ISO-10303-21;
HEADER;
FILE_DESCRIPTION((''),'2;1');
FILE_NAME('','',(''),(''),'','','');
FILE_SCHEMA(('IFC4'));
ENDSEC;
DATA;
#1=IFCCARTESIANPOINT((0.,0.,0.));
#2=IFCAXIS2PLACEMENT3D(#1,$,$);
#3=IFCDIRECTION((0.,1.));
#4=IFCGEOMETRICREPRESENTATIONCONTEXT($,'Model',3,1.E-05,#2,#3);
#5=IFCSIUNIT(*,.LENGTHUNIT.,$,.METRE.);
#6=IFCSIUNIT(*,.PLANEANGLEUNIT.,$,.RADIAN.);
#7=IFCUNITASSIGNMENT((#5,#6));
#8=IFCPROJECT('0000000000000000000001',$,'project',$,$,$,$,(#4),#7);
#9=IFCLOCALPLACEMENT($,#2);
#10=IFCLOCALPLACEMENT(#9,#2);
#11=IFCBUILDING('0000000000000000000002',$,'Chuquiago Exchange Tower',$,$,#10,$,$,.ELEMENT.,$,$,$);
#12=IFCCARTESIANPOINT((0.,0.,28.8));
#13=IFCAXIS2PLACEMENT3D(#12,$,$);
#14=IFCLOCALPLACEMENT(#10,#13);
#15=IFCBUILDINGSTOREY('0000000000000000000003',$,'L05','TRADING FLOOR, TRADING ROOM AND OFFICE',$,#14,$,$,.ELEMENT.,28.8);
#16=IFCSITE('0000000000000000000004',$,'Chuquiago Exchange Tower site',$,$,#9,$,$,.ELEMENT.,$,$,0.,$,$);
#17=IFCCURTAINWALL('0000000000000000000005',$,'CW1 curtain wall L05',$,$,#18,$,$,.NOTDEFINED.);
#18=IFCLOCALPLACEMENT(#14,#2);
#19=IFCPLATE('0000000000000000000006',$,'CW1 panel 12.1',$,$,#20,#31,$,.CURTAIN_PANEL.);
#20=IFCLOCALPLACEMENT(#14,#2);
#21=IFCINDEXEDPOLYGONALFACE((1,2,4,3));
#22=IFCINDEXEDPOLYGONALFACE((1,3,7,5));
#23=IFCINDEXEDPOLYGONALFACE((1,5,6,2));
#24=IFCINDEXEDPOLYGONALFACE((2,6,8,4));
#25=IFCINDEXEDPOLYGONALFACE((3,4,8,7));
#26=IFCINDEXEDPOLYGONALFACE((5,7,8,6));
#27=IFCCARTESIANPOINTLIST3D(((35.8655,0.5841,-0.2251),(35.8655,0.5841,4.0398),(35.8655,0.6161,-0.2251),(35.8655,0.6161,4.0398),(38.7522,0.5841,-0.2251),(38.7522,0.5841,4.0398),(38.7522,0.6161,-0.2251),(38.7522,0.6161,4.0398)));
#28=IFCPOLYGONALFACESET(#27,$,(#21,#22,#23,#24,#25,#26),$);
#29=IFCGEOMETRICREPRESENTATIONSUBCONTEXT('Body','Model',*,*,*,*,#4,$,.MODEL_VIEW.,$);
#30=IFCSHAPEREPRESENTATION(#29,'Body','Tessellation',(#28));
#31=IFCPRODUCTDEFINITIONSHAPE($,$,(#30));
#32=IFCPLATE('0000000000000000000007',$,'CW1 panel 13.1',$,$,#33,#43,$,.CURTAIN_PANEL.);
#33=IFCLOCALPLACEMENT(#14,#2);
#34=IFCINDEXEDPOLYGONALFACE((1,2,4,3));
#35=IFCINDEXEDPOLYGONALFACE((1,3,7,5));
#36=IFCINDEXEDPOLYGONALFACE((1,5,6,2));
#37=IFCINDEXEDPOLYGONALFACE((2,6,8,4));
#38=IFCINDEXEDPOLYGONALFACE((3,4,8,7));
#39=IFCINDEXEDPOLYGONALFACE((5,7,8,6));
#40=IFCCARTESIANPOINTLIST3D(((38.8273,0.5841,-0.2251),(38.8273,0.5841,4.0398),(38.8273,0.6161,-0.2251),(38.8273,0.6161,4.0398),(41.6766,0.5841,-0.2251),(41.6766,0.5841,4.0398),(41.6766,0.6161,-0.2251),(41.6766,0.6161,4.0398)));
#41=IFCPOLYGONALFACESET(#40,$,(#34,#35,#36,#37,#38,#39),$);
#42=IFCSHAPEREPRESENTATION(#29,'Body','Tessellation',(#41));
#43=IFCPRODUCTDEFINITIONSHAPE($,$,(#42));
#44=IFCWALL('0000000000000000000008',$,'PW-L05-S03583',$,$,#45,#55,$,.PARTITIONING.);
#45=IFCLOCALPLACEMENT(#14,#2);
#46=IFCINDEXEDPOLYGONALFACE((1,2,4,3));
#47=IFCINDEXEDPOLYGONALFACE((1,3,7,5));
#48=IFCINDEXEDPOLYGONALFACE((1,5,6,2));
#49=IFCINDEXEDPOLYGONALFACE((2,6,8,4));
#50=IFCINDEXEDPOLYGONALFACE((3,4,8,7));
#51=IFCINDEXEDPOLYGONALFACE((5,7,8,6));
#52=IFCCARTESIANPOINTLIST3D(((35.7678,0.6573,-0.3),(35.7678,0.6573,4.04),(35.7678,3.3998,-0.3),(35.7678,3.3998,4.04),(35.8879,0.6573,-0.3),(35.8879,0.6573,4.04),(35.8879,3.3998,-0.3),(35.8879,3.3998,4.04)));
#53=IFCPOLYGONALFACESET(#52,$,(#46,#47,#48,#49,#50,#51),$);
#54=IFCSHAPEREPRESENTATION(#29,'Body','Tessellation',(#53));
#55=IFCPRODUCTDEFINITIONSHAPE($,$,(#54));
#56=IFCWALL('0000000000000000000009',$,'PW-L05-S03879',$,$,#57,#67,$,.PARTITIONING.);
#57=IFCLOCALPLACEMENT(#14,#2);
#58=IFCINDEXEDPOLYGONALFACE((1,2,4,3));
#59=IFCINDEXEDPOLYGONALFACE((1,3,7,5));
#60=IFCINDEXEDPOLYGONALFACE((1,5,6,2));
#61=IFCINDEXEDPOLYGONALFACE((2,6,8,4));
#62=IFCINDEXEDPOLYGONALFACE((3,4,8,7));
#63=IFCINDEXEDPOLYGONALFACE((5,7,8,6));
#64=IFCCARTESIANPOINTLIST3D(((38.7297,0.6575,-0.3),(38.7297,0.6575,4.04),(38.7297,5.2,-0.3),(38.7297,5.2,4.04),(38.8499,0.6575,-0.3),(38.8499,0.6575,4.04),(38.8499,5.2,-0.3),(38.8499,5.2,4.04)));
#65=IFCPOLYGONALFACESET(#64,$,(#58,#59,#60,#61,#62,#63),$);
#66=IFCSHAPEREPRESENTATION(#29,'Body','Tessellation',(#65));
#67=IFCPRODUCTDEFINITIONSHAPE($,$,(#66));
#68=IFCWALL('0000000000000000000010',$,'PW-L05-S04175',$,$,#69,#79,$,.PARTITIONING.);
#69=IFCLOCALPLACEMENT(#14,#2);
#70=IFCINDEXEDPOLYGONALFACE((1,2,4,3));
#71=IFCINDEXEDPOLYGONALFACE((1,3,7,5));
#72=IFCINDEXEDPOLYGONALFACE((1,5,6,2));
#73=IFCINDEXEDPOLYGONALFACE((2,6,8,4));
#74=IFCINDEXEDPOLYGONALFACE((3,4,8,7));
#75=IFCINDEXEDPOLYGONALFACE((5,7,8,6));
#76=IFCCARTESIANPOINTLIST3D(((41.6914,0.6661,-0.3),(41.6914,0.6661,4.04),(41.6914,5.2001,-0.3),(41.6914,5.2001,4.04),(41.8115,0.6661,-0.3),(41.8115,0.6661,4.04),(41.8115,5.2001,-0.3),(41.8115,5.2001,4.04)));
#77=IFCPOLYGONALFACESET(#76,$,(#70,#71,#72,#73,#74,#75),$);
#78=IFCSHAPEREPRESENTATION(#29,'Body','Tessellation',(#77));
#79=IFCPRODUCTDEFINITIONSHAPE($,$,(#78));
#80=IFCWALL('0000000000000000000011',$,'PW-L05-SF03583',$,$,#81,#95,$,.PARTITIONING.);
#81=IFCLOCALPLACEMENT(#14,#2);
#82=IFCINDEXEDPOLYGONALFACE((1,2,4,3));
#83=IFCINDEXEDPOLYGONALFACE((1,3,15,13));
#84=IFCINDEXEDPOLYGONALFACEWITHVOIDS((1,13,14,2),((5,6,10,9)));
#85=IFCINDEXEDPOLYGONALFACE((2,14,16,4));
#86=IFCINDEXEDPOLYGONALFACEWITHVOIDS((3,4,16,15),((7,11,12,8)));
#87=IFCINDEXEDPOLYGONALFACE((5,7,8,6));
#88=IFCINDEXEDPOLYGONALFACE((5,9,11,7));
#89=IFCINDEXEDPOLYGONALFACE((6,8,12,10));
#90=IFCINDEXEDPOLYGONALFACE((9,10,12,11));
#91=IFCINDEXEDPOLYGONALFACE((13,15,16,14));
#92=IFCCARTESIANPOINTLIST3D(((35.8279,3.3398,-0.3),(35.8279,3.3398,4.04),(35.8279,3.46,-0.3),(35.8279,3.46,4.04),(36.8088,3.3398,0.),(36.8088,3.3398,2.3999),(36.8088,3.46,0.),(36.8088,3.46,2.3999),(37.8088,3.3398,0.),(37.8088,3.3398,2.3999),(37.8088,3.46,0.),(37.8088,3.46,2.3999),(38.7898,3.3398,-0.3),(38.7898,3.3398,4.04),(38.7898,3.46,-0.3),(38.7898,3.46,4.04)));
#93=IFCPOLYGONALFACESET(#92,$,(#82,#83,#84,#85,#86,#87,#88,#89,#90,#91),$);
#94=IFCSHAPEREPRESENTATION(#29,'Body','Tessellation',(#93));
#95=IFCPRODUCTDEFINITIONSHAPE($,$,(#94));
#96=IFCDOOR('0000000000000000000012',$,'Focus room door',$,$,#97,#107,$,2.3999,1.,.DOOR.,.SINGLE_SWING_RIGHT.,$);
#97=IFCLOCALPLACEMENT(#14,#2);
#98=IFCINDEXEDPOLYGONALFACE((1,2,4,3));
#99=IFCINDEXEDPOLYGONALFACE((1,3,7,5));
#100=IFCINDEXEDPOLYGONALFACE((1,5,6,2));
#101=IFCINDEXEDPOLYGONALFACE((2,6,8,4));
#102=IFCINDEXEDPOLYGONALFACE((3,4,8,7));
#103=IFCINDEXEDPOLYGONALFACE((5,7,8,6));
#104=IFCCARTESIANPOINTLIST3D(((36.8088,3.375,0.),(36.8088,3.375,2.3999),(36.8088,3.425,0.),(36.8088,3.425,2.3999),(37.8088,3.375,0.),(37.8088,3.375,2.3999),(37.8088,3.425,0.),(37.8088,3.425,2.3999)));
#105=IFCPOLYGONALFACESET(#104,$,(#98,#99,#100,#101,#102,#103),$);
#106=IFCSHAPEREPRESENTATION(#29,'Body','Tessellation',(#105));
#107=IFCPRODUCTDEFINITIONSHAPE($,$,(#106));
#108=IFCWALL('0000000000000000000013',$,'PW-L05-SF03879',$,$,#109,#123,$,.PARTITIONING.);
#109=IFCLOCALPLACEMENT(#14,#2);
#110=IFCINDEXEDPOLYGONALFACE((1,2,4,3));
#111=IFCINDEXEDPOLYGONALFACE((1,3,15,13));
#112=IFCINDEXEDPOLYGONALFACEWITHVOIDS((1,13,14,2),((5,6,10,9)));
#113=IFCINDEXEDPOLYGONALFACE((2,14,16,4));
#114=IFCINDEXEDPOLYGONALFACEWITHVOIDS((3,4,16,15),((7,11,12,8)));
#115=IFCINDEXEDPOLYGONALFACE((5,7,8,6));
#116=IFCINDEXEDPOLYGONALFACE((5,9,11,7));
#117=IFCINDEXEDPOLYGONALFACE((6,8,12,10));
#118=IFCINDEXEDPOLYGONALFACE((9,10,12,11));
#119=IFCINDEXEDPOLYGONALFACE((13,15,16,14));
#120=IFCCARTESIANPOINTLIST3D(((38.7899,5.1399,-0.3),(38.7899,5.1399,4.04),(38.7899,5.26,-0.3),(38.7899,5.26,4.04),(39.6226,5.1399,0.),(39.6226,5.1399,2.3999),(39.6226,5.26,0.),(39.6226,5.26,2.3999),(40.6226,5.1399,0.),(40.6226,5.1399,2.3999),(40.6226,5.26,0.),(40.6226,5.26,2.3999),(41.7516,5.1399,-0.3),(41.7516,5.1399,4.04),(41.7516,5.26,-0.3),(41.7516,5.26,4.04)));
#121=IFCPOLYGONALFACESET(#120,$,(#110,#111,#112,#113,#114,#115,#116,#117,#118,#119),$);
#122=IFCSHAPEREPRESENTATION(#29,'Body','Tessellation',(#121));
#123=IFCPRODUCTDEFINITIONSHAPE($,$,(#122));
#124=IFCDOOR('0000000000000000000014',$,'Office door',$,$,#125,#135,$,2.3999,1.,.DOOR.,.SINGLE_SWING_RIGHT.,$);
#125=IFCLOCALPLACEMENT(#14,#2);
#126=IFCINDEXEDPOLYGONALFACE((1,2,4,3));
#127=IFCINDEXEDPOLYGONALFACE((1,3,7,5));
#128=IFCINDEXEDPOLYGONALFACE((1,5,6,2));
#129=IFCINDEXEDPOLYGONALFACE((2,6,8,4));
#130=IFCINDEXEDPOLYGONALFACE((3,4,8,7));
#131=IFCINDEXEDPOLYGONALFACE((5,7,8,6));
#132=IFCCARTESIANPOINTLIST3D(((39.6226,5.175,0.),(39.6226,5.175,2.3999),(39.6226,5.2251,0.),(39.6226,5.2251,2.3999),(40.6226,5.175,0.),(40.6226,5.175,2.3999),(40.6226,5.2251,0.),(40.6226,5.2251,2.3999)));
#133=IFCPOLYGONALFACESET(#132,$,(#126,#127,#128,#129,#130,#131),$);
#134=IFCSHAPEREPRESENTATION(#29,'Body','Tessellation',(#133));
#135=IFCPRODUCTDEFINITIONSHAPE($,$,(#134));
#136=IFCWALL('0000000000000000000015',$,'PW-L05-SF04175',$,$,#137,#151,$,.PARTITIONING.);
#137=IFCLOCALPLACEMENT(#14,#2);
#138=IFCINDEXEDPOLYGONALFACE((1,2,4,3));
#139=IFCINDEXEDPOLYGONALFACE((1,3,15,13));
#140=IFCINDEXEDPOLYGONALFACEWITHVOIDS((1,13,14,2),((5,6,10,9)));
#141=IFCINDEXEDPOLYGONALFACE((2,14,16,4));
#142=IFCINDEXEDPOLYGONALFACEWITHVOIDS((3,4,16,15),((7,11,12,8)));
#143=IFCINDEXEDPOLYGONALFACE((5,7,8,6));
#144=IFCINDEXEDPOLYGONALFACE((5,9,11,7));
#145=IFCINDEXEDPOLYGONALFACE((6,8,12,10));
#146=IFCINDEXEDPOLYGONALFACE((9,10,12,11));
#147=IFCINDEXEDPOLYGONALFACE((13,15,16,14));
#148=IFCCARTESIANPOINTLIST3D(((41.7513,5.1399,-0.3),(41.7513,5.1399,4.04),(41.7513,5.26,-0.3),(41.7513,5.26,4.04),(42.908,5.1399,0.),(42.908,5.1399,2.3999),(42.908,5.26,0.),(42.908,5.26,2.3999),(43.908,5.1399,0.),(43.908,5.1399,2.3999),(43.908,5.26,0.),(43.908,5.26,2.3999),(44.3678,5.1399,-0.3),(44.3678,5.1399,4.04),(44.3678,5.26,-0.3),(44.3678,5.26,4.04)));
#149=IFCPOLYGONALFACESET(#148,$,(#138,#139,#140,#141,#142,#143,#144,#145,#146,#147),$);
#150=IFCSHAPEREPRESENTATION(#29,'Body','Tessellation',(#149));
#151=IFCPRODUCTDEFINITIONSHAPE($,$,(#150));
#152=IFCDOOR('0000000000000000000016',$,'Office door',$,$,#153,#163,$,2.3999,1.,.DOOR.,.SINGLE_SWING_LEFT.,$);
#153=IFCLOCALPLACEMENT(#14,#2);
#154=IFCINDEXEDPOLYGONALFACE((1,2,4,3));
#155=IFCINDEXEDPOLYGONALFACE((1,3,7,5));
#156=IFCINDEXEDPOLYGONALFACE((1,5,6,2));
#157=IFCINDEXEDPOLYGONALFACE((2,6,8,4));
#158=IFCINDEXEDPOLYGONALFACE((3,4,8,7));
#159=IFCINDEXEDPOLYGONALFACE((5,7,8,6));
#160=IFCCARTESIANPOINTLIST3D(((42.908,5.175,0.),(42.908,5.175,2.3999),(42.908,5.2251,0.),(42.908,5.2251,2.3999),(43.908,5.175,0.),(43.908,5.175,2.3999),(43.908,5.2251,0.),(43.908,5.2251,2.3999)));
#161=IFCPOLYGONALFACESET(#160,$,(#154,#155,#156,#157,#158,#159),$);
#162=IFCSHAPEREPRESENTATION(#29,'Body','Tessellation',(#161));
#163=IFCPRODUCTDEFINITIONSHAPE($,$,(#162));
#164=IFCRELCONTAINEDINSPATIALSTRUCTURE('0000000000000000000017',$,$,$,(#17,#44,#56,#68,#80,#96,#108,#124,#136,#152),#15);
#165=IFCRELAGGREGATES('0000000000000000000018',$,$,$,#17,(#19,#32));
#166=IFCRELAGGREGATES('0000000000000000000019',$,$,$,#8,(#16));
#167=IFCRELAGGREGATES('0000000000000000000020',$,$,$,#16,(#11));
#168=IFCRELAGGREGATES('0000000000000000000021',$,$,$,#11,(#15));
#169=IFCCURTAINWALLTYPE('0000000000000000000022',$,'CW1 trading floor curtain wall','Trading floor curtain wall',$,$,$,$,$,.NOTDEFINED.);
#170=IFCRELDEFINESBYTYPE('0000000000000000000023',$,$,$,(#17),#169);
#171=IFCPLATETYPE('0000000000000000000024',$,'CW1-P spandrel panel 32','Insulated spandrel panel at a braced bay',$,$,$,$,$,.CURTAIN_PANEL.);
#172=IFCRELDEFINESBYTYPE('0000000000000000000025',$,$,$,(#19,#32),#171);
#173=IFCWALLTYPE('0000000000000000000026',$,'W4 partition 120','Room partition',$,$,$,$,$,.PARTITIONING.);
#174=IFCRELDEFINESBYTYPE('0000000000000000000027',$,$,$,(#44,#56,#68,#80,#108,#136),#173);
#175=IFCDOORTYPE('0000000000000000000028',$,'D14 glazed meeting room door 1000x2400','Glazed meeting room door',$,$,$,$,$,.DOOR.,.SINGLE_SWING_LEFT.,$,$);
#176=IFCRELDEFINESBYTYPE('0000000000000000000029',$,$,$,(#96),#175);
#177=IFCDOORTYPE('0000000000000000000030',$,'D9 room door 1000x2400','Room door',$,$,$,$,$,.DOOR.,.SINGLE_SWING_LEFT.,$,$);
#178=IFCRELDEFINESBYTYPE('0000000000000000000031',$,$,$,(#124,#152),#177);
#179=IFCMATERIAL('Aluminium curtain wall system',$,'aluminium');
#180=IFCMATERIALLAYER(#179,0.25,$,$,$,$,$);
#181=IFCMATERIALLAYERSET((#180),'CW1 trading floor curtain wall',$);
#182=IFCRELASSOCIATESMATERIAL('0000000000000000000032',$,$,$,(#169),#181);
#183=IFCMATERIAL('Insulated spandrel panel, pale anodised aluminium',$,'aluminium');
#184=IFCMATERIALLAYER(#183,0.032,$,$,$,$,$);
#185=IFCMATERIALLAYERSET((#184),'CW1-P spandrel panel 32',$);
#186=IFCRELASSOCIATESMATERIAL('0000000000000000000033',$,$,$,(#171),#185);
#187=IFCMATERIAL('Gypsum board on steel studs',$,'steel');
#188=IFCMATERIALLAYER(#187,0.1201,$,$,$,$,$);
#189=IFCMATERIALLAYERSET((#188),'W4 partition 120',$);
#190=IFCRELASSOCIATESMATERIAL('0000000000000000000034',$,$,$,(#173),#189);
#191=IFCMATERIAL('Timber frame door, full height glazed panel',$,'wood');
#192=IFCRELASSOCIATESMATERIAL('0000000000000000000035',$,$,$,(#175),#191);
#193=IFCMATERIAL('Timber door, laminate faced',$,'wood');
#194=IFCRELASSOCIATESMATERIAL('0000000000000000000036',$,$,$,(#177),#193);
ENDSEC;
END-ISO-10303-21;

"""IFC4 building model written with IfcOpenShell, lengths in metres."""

from ifc_helpers import new_model, si_unit, direction, frame, frame_2d, origin, origin_2d, place, context, subcontext, project, spatial, rectangle, extrude, material, layer, layer_set, type_object, element, fill, aggregate, save


model = new_model("IFC4")

# Units and contexts
model_context = context("Model", 3, precision=1e-05, world=origin(), true_north=direction((0.0, 1.0)))
body_context = subcontext(model_context, "Body", "Model", "MODEL_VIEW")
ifc_project = project(units=[si_unit("LENGTHUNIT", "METRE"), si_unit("PLANEANGLEUNIT", "RADIAN")], contexts=[model_context])

# Site, building, storey
site_placement = place(None, origin())
site = spatial("IfcSite", under=ifc_project, at=site_placement, Name="Chuquiago Exchange Tower site", CompositionType="ELEMENT", RefElevation=0.0)
building_placement = place(site_placement, origin())
building = spatial("IfcBuilding", under=site, at=building_placement, Name="Chuquiago Exchange Tower", CompositionType="ELEMENT")
storey_placement = place(building_placement, frame((0.0, 0.0, 28.8)))
storey = spatial("IfcBuildingStorey", under=building, at=storey_placement, Name="L05", Description="TRADING FLOOR, TRADING ROOM AND OFFICE", CompositionType="ELEMENT", Elevation=28.8)

# Curtain wall
ifc_material_1 = material(Name="Aluminium curtain wall system", Category="aluminium")
ifc_layer_1 = layer(ifc_material_1, 0.25)
ifc_layer_set_1 = layer_set([ifc_layer_1], Name="CW1 trading floor curtain wall")
curtain_wall_type = type_object("IfcCurtainWallType", Name="CW1 trading floor curtain wall", Description="Trading floor curtain wall", PredefinedType="NOTDEFINED", material=ifc_layer_set_1)
curtain_wall_placement = place(storey_placement, origin())
curtain_wall = element("IfcCurtainWall", 1, at=curtain_wall_placement, inside=storey, type_object=curtain_wall_type, Name="CW1 curtain wall L05", PredefinedType="NOTDEFINED")

# Plates
ifc_material_2 = material(Name="Insulated spandrel panel, pale anodised aluminium", Category="aluminium")
ifc_layer_2 = layer(ifc_material_2, 0.032)
ifc_layer_set_2 = layer_set([ifc_layer_2], Name="CW1-P spandrel panel 32")
plate_type_1 = type_object("IfcPlateType", Name="CW1-P spandrel panel 32", Description="Insulated spandrel panel at a braced bay", PredefinedType="CURTAIN_PANEL", material=ifc_layer_set_2)
plate_1_placement = place(storey_placement, frame((37.3088, 0.6001, -0.2251), z_axis=(0.0, 0.0, 1.0), x_axis=(1.0, 0.0, 0.0)))
plate_1 = element("IfcPlate", 2, at=plate_1_placement, type_object=plate_type_1, Name="CW1 panel 12.1", PredefinedType="CURTAIN_PANEL", context=body_context, shape_type="SweptSolid", body=[
    extrude(rectangle(XDim=2.8867, YDim=0.032, at=origin_2d()), origin(), (0.0, 0.0, 1.0), 4.2649),
])
plate_2_placement = place(storey_placement, frame((40.252, 0.6001, -0.2251), z_axis=(0.0, 0.0, 1.0), x_axis=(1.0, 0.0, 0.0)))
plate_2 = element("IfcPlate", 3, at=plate_2_placement, type_object=plate_type_1, Name="CW1 panel 13.1", PredefinedType="CURTAIN_PANEL", context=body_context, shape_type="SweptSolid", body=[
    extrude(rectangle(XDim=2.8494, YDim=0.032, at=origin_2d()), origin(), (0.0, 0.0, 1.0), 4.2649),
])
aggregate(curtain_wall, [plate_1, plate_2])

# Walls
ifc_material_3 = material(Name="Gypsum board on steel studs", Category="steel")
ifc_layer_3 = layer(ifc_material_3, 0.1201)
ifc_layer_set_3 = layer_set([ifc_layer_3], Name="W4 partition 120")
wall_type = type_object("IfcWallType", Name="W4 partition 120", Description="Room partition", PredefinedType="PARTITIONING", material=ifc_layer_set_3)
wall_1_placement = place(storey_placement, frame((35.8279, 0.6575, -0.3), z_axis=(0.0, 0.0, 1.0), x_axis=(0.0, 1.0, 0.0)))
element("IfcWall", 4, at=wall_1_placement, inside=storey, type_object=wall_type, Name="PW-L05-S03583", PredefinedType="PARTITIONING", context=body_context, shape_type="SweptSolid", body=[
    extrude(rectangle(XDim=2.7424, YDim=0.1201, at=frame_2d((1.3711, 0.0))), origin(), (0.0, 0.0, 1.0), 4.3401),
])
wall_2_placement = place(storey_placement, frame((38.7898, 0.6575, -0.3), z_axis=(0.0, 0.0, 1.0), x_axis=(0.0, 1.0, 0.0)))
element("IfcWall", 5, at=wall_2_placement, inside=storey, type_object=wall_type, Name="PW-L05-S03879", PredefinedType="PARTITIONING", context=body_context, shape_type="SweptSolid", body=[
    extrude(rectangle(XDim=4.5425, YDim=0.1201, at=frame_2d((2.2712, 0.0))), origin(), (0.0, 0.0, 1.0), 4.3401),
])
wall_3_placement = place(storey_placement, frame((41.7515, 0.666, -0.3), z_axis=(0.0, 0.0, 1.0), x_axis=(0.0, 1.0, 0.0)))
element("IfcWall", 6, at=wall_3_placement, inside=storey, type_object=wall_type, Name="PW-L05-S04175", PredefinedType="PARTITIONING", context=body_context, shape_type="SweptSolid", body=[
    extrude(rectangle(XDim=4.5339, YDim=0.1201, at=frame_2d((2.2671, 0.0))), origin(), (0.0, 0.0, 1.0), 4.3401),
])

# Walls, openings, doors
wall_4_placement = place(storey_placement, frame((35.8279, 3.3999, -0.3), z_axis=(0.0, 0.0, 1.0), x_axis=(1.0, 0.0, 0.0)))
wall_4 = element("IfcWall", 7, at=wall_4_placement, inside=storey, type_object=wall_type, Name="PW-L05-SF03583", PredefinedType="PARTITIONING", context=body_context, shape_type="SweptSolid", body=[
    extrude(rectangle(XDim=2.9619, YDim=0.1201, at=frame_2d((1.481, 0.0))), origin(), (0.0, 0.0, 1.0), 4.3401),
])
opening_1_placement = place(wall_4_placement, frame((0.981, 0.0, 0.3)))
opening_1 = element("IfcOpeningElement", 8, at=opening_1_placement, cuts=wall_4, PredefinedType="OPENING", context=body_context, shape_type="SweptSolid", body=[
    extrude(rectangle(XDim=1.0, YDim=2.3999, at=frame_2d((0.5, 1.2))), frame((0.0, 0.0701, 0.0), z_axis=(0.0, -1.0, 0.0), x_axis=(1.0, 0.0, 0.0)), (0.0, 0.0, 1.0), 0.1401),
])
ifc_material_4 = material(Name="Timber frame door, full height glazed panel", Category="wood")
door_type_1 = type_object("IfcDoorType", Name="D14 glazed meeting room door 1000x2400", Description="Glazed meeting room door", OperationType="SINGLE_SWING_LEFT", PredefinedType="DOOR", material=ifc_material_4)
door_1_placement = place(opening_1_placement, frame((1.0, 0.0, 0.0), z_axis=(0.0, 0.0, 1.0), x_axis=(-1.0, 0.0, 0.0)))
door_1 = element("IfcDoor", 9, at=door_1_placement, inside=storey, type_object=door_type_1, Name="Focus room door", OperationType="SINGLE_SWING_RIGHT", OverallHeight=2.3999, OverallWidth=1.0, PredefinedType="DOOR", context=body_context, shape_type="SweptSolid", body=[
    extrude(rectangle(XDim=1.0, YDim=2.3999, at=frame_2d((0.5, 1.2))), frame((0.0, 0.0249, 0.0), z_axis=(0.0, -1.0, 0.0), x_axis=(1.0, 0.0, 0.0)), (0.0, 0.0, 1.0), 0.05),
])
fill(opening_1, door_1)
wall_5_placement = place(storey_placement, frame((38.7898, 5.2, -0.3), z_axis=(0.0, 0.0, 1.0), x_axis=(1.0, 0.0, 0.0)))
wall_5 = element("IfcWall", 10, at=wall_5_placement, inside=storey, type_object=wall_type, Name="PW-L05-SF03879", PredefinedType="PARTITIONING", context=body_context, shape_type="SweptSolid", body=[
    extrude(rectangle(XDim=2.9617, YDim=0.1201, at=frame_2d((1.481, 0.0))), origin(), (0.0, 0.0, 1.0), 4.3401),
])
opening_2_placement = place(wall_5_placement, frame((0.8328, 0.0, 0.3)))
opening_2 = element("IfcOpeningElement", 11, at=opening_2_placement, cuts=wall_5, PredefinedType="OPENING", context=body_context, shape_type="SweptSolid", body=[
    extrude(rectangle(XDim=1.0, YDim=2.3999, at=frame_2d((0.5, 1.2))), frame((0.0, 0.0701, 0.0), z_axis=(0.0, -1.0, 0.0), x_axis=(1.0, 0.0, 0.0)), (0.0, 0.0, 1.0), 0.1401),
])
ifc_material_5 = material(Name="Timber door, laminate faced", Category="wood")
door_type_2 = type_object("IfcDoorType", Name="D9 room door 1000x2400", Description="Room door", OperationType="SINGLE_SWING_LEFT", PredefinedType="DOOR", material=ifc_material_5)
door_2_placement = place(opening_2_placement, frame((1.0, 0.0, 0.0), z_axis=(0.0, 0.0, 1.0), x_axis=(-1.0, 0.0, 0.0)))
door_2 = element("IfcDoor", 12, at=door_2_placement, inside=storey, type_object=door_type_2, Name="Office door", OperationType="SINGLE_SWING_RIGHT", OverallHeight=2.3999, OverallWidth=1.0, PredefinedType="DOOR", context=body_context, shape_type="SweptSolid", body=[
    extrude(rectangle(XDim=1.0, YDim=2.3999, at=frame_2d((0.5, 1.2))), frame((0.0, 0.0249, 0.0), z_axis=(0.0, -1.0, 0.0), x_axis=(1.0, 0.0, 0.0)), (0.0, 0.0, 1.0), 0.05),
])
fill(opening_2, door_2)
wall_6_placement = place(storey_placement, frame((41.7515, 5.2, -0.3), z_axis=(0.0, 0.0, 1.0), x_axis=(1.0, 0.0, 0.0)))
wall_6 = element("IfcWall", 13, at=wall_6_placement, inside=storey, type_object=wall_type, Name="PW-L05-SF04175", PredefinedType="PARTITIONING", context=body_context, shape_type="SweptSolid", body=[
    extrude(rectangle(XDim=2.6165, YDim=0.1201, at=frame_2d((1.3081, 0.0))), origin(), (0.0, 0.0, 1.0), 4.3401),
])
opening_3_placement = place(wall_6_placement, frame((1.1565, 0.0, 0.3)))
opening_3 = element("IfcOpeningElement", 14, at=opening_3_placement, cuts=wall_6, PredefinedType="OPENING", context=body_context, shape_type="SweptSolid", body=[
    extrude(rectangle(XDim=1.0, YDim=2.3999, at=frame_2d((0.5, 1.2))), frame((0.0, 0.0701, 0.0), z_axis=(0.0, -1.0, 0.0), x_axis=(1.0, 0.0, 0.0)), (0.0, 0.0, 1.0), 0.1401),
])
door_3_placement = place(opening_3_placement, frame((1.0, 0.0, 0.0), z_axis=(0.0, 0.0, 1.0), x_axis=(-1.0, 0.0, 0.0)))
door_3 = element("IfcDoor", 15, at=door_3_placement, inside=storey, type_object=door_type_2, Name="Office door", OperationType="SINGLE_SWING_LEFT", OverallHeight=2.3999, OverallWidth=1.0, PredefinedType="DOOR", context=body_context, shape_type="SweptSolid", body=[
    extrude(rectangle(XDim=1.0, YDim=2.3999, at=frame_2d((0.5, 1.2))), frame((0.0, 0.0249, 0.0), z_axis=(0.0, -1.0, 0.0), x_axis=(1.0, 0.0, 0.0)), (0.0, 0.0, 1.0), 0.05),
])
fill(opening_3, door_3)

save(model, "model.ifc")
